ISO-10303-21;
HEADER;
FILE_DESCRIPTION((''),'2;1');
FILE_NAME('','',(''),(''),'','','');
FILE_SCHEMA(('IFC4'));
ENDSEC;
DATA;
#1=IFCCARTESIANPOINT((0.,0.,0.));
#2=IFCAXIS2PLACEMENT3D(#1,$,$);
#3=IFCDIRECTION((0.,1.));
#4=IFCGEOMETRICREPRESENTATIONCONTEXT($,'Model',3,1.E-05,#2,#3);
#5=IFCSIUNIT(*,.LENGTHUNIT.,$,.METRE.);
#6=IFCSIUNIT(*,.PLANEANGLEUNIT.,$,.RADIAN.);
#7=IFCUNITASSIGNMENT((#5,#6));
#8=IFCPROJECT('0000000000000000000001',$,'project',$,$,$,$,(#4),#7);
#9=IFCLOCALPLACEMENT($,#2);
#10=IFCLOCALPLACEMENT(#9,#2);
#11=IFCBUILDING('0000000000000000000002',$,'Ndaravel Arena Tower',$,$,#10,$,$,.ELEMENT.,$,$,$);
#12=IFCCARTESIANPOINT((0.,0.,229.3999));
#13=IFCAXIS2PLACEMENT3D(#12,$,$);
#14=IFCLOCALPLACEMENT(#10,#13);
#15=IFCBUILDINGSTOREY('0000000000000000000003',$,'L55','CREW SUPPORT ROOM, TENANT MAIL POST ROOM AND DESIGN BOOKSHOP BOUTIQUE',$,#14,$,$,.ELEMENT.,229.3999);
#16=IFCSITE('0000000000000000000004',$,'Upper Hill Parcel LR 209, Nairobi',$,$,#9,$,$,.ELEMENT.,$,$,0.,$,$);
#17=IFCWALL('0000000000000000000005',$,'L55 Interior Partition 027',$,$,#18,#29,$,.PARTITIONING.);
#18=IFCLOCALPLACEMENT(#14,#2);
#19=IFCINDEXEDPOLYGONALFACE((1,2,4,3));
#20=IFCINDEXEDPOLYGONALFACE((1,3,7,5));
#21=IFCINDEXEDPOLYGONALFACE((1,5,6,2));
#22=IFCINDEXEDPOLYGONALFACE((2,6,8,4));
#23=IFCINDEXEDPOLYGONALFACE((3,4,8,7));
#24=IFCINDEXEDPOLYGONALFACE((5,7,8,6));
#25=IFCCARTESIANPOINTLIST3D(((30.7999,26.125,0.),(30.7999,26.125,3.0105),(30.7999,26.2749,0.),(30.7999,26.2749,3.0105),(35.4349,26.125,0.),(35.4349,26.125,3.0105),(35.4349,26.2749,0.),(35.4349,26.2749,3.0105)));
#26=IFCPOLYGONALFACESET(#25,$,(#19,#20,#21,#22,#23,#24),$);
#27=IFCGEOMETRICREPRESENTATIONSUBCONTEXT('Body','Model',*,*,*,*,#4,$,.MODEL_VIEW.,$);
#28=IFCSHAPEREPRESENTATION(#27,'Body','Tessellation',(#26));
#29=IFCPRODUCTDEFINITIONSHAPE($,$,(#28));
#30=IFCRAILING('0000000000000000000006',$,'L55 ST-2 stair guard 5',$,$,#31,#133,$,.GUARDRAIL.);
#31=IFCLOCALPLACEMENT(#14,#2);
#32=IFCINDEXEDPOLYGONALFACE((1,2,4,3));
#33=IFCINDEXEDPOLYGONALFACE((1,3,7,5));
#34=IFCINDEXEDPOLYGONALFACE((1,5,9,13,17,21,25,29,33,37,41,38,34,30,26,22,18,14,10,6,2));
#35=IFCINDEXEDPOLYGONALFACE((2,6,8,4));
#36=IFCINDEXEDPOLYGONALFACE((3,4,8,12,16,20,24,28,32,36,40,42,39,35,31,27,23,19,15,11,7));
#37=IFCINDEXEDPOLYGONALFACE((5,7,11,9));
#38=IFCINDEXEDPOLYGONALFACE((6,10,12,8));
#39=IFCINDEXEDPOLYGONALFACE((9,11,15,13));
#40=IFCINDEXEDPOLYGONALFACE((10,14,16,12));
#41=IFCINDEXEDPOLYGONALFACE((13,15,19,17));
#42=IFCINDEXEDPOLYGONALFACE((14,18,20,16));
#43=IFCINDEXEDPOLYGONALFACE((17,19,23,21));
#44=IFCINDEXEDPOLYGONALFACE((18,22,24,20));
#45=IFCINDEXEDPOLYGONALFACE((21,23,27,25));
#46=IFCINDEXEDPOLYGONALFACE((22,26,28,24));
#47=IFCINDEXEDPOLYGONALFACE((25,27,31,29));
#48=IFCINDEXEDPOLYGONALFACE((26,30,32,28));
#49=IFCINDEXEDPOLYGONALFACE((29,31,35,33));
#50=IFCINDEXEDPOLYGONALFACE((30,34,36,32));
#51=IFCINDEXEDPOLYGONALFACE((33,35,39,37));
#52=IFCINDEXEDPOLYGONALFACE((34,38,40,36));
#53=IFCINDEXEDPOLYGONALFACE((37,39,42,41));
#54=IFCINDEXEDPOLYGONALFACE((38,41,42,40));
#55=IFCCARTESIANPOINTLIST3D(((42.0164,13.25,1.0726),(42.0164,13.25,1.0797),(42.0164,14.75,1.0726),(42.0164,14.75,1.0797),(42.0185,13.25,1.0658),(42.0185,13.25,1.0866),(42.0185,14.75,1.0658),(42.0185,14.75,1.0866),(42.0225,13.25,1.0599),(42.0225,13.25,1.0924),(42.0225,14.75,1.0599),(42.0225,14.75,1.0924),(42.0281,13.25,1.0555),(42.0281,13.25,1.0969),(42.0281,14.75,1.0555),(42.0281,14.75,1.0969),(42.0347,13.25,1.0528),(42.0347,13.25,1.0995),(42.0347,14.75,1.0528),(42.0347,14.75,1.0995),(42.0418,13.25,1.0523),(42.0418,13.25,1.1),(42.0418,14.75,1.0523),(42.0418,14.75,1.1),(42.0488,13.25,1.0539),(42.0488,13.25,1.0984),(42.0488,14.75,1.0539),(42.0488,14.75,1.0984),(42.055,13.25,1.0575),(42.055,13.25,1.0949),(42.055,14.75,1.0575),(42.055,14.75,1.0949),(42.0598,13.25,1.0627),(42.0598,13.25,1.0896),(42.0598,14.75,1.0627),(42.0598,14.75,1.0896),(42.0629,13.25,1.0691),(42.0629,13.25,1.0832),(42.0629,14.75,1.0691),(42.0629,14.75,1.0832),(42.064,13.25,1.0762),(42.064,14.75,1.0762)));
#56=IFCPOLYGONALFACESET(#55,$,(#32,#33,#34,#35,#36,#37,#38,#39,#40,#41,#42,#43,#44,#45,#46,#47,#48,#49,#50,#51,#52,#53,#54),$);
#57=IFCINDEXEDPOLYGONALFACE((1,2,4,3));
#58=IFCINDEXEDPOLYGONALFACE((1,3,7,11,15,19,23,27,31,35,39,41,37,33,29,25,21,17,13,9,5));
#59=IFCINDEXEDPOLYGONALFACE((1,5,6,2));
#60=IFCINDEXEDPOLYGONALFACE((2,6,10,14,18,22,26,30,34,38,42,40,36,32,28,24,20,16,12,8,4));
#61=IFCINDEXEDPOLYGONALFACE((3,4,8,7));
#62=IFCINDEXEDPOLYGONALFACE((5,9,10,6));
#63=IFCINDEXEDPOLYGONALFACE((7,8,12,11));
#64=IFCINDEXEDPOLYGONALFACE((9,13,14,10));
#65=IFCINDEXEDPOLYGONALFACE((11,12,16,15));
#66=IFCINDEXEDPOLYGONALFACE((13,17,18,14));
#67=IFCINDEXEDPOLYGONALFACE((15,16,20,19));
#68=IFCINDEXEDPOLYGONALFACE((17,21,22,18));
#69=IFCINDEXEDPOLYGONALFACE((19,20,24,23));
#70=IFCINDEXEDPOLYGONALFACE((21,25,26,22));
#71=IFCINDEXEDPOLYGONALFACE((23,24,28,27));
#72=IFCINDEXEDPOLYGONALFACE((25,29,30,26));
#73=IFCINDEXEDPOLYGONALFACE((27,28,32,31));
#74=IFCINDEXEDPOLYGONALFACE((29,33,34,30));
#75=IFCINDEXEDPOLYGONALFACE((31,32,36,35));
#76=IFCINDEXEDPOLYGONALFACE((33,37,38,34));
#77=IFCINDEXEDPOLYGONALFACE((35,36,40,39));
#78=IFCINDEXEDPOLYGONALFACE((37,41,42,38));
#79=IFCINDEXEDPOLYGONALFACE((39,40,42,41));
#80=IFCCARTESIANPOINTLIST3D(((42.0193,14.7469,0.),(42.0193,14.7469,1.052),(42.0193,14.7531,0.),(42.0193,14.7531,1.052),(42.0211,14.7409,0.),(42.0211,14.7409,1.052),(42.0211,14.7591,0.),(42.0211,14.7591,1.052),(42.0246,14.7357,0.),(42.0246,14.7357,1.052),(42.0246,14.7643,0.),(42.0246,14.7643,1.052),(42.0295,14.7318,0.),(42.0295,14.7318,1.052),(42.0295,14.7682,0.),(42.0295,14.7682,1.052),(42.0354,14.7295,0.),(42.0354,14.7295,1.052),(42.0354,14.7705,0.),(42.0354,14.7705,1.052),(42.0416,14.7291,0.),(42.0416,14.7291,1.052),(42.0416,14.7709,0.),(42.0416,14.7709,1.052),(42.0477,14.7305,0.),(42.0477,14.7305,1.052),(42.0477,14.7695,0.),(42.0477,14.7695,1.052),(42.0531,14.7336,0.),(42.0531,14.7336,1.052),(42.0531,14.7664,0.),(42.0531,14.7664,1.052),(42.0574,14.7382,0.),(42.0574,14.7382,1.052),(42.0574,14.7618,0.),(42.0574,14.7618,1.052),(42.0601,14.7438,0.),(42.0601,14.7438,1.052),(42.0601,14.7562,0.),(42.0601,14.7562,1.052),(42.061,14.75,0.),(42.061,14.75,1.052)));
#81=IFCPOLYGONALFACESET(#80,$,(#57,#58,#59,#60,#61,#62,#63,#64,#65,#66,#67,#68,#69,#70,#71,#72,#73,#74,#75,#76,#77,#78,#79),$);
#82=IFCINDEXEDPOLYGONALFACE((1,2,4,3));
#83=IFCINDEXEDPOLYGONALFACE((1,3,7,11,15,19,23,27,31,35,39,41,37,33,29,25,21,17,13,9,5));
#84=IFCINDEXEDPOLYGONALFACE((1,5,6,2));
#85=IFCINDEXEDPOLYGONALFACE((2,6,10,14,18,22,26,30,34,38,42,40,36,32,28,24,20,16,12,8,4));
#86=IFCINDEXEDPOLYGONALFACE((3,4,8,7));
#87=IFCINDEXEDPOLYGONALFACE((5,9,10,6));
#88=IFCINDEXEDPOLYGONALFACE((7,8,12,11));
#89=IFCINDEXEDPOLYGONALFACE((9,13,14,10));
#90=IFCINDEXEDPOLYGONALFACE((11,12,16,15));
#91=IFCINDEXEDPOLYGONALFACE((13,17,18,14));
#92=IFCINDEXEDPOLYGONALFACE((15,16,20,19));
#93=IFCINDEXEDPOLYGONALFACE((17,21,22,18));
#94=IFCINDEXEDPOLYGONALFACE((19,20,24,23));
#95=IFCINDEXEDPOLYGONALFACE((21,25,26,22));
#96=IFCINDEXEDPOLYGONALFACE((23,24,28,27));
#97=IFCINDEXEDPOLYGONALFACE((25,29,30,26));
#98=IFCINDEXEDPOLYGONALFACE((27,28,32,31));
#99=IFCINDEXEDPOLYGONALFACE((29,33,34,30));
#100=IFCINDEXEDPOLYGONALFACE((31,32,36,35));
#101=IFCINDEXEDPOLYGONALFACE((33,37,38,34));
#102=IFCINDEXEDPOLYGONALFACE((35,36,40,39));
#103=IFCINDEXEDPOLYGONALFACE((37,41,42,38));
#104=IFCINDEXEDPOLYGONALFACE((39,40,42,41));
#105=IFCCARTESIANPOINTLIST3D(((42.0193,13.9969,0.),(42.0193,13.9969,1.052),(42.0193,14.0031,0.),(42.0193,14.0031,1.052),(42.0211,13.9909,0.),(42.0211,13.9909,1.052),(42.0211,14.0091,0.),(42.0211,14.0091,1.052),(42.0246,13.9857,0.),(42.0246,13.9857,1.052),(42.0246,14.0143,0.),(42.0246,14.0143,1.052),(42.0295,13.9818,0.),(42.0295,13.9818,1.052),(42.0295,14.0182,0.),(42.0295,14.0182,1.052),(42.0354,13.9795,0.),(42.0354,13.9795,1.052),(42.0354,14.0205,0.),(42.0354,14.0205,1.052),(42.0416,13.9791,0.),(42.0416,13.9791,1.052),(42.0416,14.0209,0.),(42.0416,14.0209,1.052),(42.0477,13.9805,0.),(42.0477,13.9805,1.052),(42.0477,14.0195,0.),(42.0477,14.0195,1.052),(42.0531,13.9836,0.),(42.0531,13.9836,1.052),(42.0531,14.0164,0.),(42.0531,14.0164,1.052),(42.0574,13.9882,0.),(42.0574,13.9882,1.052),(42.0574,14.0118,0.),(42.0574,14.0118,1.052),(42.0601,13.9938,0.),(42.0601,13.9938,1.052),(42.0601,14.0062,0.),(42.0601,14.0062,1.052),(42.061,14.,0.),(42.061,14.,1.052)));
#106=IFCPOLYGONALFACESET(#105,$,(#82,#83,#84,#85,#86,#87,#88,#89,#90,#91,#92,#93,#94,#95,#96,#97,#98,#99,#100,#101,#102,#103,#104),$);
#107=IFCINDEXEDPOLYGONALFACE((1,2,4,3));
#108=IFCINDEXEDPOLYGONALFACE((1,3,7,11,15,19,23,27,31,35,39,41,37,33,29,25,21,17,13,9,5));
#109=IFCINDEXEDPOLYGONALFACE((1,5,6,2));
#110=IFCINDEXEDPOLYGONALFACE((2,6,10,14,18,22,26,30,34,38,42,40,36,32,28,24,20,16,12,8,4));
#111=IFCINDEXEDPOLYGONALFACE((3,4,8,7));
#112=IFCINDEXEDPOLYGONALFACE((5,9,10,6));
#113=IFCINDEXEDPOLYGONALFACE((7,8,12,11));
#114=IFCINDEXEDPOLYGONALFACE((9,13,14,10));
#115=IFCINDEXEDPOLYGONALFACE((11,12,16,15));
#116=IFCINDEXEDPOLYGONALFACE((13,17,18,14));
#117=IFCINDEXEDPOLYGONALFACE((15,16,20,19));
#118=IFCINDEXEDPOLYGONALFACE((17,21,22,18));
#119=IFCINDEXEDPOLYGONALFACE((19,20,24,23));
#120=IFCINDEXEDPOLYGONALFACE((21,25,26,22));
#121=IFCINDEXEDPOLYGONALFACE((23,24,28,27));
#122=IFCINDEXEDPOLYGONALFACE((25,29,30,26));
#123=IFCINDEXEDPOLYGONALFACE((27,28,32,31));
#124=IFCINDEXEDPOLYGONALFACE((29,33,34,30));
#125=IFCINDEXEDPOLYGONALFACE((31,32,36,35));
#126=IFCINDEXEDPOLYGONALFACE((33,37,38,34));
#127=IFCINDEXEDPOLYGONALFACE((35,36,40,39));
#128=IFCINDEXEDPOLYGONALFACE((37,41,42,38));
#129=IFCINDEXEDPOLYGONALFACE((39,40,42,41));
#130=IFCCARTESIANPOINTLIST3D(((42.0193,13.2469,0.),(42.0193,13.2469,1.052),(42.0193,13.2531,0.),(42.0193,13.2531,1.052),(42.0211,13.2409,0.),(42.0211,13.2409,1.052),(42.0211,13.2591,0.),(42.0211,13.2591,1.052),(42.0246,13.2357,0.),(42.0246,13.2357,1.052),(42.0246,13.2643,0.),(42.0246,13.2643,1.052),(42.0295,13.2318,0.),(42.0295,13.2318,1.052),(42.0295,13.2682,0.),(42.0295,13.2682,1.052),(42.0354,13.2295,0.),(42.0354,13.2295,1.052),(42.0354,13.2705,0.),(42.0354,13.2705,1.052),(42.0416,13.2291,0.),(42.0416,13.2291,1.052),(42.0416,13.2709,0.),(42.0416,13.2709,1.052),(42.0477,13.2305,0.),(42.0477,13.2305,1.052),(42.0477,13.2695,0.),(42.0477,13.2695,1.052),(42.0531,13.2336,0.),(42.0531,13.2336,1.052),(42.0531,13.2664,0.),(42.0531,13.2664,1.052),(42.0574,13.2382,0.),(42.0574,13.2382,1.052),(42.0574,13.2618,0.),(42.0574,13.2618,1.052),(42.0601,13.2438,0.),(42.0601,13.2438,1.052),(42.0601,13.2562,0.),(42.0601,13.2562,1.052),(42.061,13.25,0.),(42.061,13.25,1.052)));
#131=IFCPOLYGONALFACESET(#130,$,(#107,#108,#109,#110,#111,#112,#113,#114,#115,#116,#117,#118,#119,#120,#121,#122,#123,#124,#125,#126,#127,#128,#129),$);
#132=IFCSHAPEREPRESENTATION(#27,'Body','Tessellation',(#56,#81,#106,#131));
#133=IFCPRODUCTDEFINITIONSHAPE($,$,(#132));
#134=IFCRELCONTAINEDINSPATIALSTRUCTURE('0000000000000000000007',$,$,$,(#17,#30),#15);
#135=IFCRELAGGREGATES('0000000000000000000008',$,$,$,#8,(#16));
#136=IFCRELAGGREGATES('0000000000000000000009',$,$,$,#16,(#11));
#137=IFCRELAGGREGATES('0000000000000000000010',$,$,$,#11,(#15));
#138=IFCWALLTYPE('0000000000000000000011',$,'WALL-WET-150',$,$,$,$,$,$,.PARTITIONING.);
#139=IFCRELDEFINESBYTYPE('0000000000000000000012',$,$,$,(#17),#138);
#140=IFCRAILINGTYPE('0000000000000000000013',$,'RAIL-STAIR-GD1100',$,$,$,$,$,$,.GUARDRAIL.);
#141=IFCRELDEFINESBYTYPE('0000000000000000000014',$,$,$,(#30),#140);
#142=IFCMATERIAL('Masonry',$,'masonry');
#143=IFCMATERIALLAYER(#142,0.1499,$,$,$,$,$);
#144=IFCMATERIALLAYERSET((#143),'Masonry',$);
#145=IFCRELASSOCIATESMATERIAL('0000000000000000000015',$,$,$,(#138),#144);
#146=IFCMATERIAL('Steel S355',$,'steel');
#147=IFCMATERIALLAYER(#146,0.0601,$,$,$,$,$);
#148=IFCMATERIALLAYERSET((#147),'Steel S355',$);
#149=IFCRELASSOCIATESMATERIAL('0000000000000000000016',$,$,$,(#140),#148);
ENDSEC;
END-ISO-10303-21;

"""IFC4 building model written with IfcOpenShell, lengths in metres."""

from ifc_helpers import new_model, si_unit, direction, frame, frame_2d, origin, origin_2d, place, context, subcontext, project, spatial, rectangle, circle, extrude, material, layer, layer_set, type_object, element, save


model = new_model("IFC4")

# Units and contexts
model_context = context("Model", 3, precision=1e-05, world=origin(), true_north=direction((0.0, 1.0)))
body_context = subcontext(model_context, "Body", "Model", "MODEL_VIEW")
ifc_project = project(units=[si_unit("LENGTHUNIT", "METRE"), si_unit("PLANEANGLEUNIT", "RADIAN")], contexts=[model_context])

# Site, building, storey
site_placement = place(None, origin())
site = spatial("IfcSite", under=ifc_project, at=site_placement, Name="Upper Hill Parcel LR 209, Nairobi", CompositionType="ELEMENT", RefElevation=0.0)
building_placement = place(site_placement, origin())
building = spatial("IfcBuilding", under=site, at=building_placement, Name="Ndaravel Arena Tower", CompositionType="ELEMENT")
storey_placement = place(building_placement, frame((0.0, 0.0, 229.3999)))
storey = spatial("IfcBuildingStorey", under=building, at=storey_placement, Name="L55", Description="CREW SUPPORT ROOM, TENANT MAIL POST ROOM AND DESIGN BOOKSHOP BOUTIQUE", CompositionType="ELEMENT", Elevation=229.3999)

# Shared definitions
ifc_material_1 = material(Name="Masonry", Category="masonry")
ifc_layer_1 = layer(ifc_material_1, 0.1499)
ifc_layer_set_1 = layer_set([ifc_layer_1], Name="Masonry")
wall_type_1 = type_object("IfcWallType", Name="WALL-WET-150", PredefinedType="PARTITIONING", material=ifc_layer_set_1)

# Wall
wall_1_placement = place(storey_placement, frame((30.8, 26.2, 0.0), z_axis=(0.0, 0.0, 1.0), x_axis=(1.0, 0.0, 0.0)))
element("IfcWall", 1, at=wall_1_placement, inside=storey, type_object=wall_type_1, Name="L55 Interior Partition 027", PredefinedType="PARTITIONING", context=body_context, shape_type="SweptSolid", body=[
    extrude(rectangle(XDim=4.635, YDim=0.1499, at=frame_2d((2.3174, 0.0))), origin(), (0.0, 0.0, 1.0), 3.0105),
])

# Railing
ifc_material_2 = material(Name="Steel S355", Category="steel")
ifc_layer_2 = layer(ifc_material_2, 0.0601)
ifc_layer_set_2 = layer_set([ifc_layer_2], Name="Steel S355")
railing_type = type_object("IfcRailingType", Name="RAIL-STAIR-GD1100", PredefinedType="GUARDRAIL", material=ifc_layer_set_2)
railing_placement = place(storey_placement, frame((42.04, 14.75, 0.0)))
element("IfcRailing", 2, at=railing_placement, inside=storey, type_object=railing_type, Name="L55 ST-2 stair guard 5", PredefinedType="GUARDRAIL", context=body_context, shape_type="SweptSolid", body=[
    extrude(circle(Radius=0.0239, at=origin_2d()), frame((0.0, 0.0, 1.0762), z_axis=(0.0, -1.0, 0.0), x_axis=(1.0, 0.0, 0.0)), (0.0, 0.0, 1.0), 1.5),
    extrude(circle(Radius=0.021, at=origin_2d()), origin(), (0.0, 0.0, 1.0), 1.052),
    extrude(circle(Radius=0.021, at=origin_2d()), frame((0.0, -0.75, 0.0)), (0.0, 0.0, 1.0), 1.052),
    extrude(circle(Radius=0.021, at=origin_2d()), frame((0.0, -1.5, 0.0)), (0.0, 0.0, 1.0), 1.052),
])

save(model, "model.ifc")
